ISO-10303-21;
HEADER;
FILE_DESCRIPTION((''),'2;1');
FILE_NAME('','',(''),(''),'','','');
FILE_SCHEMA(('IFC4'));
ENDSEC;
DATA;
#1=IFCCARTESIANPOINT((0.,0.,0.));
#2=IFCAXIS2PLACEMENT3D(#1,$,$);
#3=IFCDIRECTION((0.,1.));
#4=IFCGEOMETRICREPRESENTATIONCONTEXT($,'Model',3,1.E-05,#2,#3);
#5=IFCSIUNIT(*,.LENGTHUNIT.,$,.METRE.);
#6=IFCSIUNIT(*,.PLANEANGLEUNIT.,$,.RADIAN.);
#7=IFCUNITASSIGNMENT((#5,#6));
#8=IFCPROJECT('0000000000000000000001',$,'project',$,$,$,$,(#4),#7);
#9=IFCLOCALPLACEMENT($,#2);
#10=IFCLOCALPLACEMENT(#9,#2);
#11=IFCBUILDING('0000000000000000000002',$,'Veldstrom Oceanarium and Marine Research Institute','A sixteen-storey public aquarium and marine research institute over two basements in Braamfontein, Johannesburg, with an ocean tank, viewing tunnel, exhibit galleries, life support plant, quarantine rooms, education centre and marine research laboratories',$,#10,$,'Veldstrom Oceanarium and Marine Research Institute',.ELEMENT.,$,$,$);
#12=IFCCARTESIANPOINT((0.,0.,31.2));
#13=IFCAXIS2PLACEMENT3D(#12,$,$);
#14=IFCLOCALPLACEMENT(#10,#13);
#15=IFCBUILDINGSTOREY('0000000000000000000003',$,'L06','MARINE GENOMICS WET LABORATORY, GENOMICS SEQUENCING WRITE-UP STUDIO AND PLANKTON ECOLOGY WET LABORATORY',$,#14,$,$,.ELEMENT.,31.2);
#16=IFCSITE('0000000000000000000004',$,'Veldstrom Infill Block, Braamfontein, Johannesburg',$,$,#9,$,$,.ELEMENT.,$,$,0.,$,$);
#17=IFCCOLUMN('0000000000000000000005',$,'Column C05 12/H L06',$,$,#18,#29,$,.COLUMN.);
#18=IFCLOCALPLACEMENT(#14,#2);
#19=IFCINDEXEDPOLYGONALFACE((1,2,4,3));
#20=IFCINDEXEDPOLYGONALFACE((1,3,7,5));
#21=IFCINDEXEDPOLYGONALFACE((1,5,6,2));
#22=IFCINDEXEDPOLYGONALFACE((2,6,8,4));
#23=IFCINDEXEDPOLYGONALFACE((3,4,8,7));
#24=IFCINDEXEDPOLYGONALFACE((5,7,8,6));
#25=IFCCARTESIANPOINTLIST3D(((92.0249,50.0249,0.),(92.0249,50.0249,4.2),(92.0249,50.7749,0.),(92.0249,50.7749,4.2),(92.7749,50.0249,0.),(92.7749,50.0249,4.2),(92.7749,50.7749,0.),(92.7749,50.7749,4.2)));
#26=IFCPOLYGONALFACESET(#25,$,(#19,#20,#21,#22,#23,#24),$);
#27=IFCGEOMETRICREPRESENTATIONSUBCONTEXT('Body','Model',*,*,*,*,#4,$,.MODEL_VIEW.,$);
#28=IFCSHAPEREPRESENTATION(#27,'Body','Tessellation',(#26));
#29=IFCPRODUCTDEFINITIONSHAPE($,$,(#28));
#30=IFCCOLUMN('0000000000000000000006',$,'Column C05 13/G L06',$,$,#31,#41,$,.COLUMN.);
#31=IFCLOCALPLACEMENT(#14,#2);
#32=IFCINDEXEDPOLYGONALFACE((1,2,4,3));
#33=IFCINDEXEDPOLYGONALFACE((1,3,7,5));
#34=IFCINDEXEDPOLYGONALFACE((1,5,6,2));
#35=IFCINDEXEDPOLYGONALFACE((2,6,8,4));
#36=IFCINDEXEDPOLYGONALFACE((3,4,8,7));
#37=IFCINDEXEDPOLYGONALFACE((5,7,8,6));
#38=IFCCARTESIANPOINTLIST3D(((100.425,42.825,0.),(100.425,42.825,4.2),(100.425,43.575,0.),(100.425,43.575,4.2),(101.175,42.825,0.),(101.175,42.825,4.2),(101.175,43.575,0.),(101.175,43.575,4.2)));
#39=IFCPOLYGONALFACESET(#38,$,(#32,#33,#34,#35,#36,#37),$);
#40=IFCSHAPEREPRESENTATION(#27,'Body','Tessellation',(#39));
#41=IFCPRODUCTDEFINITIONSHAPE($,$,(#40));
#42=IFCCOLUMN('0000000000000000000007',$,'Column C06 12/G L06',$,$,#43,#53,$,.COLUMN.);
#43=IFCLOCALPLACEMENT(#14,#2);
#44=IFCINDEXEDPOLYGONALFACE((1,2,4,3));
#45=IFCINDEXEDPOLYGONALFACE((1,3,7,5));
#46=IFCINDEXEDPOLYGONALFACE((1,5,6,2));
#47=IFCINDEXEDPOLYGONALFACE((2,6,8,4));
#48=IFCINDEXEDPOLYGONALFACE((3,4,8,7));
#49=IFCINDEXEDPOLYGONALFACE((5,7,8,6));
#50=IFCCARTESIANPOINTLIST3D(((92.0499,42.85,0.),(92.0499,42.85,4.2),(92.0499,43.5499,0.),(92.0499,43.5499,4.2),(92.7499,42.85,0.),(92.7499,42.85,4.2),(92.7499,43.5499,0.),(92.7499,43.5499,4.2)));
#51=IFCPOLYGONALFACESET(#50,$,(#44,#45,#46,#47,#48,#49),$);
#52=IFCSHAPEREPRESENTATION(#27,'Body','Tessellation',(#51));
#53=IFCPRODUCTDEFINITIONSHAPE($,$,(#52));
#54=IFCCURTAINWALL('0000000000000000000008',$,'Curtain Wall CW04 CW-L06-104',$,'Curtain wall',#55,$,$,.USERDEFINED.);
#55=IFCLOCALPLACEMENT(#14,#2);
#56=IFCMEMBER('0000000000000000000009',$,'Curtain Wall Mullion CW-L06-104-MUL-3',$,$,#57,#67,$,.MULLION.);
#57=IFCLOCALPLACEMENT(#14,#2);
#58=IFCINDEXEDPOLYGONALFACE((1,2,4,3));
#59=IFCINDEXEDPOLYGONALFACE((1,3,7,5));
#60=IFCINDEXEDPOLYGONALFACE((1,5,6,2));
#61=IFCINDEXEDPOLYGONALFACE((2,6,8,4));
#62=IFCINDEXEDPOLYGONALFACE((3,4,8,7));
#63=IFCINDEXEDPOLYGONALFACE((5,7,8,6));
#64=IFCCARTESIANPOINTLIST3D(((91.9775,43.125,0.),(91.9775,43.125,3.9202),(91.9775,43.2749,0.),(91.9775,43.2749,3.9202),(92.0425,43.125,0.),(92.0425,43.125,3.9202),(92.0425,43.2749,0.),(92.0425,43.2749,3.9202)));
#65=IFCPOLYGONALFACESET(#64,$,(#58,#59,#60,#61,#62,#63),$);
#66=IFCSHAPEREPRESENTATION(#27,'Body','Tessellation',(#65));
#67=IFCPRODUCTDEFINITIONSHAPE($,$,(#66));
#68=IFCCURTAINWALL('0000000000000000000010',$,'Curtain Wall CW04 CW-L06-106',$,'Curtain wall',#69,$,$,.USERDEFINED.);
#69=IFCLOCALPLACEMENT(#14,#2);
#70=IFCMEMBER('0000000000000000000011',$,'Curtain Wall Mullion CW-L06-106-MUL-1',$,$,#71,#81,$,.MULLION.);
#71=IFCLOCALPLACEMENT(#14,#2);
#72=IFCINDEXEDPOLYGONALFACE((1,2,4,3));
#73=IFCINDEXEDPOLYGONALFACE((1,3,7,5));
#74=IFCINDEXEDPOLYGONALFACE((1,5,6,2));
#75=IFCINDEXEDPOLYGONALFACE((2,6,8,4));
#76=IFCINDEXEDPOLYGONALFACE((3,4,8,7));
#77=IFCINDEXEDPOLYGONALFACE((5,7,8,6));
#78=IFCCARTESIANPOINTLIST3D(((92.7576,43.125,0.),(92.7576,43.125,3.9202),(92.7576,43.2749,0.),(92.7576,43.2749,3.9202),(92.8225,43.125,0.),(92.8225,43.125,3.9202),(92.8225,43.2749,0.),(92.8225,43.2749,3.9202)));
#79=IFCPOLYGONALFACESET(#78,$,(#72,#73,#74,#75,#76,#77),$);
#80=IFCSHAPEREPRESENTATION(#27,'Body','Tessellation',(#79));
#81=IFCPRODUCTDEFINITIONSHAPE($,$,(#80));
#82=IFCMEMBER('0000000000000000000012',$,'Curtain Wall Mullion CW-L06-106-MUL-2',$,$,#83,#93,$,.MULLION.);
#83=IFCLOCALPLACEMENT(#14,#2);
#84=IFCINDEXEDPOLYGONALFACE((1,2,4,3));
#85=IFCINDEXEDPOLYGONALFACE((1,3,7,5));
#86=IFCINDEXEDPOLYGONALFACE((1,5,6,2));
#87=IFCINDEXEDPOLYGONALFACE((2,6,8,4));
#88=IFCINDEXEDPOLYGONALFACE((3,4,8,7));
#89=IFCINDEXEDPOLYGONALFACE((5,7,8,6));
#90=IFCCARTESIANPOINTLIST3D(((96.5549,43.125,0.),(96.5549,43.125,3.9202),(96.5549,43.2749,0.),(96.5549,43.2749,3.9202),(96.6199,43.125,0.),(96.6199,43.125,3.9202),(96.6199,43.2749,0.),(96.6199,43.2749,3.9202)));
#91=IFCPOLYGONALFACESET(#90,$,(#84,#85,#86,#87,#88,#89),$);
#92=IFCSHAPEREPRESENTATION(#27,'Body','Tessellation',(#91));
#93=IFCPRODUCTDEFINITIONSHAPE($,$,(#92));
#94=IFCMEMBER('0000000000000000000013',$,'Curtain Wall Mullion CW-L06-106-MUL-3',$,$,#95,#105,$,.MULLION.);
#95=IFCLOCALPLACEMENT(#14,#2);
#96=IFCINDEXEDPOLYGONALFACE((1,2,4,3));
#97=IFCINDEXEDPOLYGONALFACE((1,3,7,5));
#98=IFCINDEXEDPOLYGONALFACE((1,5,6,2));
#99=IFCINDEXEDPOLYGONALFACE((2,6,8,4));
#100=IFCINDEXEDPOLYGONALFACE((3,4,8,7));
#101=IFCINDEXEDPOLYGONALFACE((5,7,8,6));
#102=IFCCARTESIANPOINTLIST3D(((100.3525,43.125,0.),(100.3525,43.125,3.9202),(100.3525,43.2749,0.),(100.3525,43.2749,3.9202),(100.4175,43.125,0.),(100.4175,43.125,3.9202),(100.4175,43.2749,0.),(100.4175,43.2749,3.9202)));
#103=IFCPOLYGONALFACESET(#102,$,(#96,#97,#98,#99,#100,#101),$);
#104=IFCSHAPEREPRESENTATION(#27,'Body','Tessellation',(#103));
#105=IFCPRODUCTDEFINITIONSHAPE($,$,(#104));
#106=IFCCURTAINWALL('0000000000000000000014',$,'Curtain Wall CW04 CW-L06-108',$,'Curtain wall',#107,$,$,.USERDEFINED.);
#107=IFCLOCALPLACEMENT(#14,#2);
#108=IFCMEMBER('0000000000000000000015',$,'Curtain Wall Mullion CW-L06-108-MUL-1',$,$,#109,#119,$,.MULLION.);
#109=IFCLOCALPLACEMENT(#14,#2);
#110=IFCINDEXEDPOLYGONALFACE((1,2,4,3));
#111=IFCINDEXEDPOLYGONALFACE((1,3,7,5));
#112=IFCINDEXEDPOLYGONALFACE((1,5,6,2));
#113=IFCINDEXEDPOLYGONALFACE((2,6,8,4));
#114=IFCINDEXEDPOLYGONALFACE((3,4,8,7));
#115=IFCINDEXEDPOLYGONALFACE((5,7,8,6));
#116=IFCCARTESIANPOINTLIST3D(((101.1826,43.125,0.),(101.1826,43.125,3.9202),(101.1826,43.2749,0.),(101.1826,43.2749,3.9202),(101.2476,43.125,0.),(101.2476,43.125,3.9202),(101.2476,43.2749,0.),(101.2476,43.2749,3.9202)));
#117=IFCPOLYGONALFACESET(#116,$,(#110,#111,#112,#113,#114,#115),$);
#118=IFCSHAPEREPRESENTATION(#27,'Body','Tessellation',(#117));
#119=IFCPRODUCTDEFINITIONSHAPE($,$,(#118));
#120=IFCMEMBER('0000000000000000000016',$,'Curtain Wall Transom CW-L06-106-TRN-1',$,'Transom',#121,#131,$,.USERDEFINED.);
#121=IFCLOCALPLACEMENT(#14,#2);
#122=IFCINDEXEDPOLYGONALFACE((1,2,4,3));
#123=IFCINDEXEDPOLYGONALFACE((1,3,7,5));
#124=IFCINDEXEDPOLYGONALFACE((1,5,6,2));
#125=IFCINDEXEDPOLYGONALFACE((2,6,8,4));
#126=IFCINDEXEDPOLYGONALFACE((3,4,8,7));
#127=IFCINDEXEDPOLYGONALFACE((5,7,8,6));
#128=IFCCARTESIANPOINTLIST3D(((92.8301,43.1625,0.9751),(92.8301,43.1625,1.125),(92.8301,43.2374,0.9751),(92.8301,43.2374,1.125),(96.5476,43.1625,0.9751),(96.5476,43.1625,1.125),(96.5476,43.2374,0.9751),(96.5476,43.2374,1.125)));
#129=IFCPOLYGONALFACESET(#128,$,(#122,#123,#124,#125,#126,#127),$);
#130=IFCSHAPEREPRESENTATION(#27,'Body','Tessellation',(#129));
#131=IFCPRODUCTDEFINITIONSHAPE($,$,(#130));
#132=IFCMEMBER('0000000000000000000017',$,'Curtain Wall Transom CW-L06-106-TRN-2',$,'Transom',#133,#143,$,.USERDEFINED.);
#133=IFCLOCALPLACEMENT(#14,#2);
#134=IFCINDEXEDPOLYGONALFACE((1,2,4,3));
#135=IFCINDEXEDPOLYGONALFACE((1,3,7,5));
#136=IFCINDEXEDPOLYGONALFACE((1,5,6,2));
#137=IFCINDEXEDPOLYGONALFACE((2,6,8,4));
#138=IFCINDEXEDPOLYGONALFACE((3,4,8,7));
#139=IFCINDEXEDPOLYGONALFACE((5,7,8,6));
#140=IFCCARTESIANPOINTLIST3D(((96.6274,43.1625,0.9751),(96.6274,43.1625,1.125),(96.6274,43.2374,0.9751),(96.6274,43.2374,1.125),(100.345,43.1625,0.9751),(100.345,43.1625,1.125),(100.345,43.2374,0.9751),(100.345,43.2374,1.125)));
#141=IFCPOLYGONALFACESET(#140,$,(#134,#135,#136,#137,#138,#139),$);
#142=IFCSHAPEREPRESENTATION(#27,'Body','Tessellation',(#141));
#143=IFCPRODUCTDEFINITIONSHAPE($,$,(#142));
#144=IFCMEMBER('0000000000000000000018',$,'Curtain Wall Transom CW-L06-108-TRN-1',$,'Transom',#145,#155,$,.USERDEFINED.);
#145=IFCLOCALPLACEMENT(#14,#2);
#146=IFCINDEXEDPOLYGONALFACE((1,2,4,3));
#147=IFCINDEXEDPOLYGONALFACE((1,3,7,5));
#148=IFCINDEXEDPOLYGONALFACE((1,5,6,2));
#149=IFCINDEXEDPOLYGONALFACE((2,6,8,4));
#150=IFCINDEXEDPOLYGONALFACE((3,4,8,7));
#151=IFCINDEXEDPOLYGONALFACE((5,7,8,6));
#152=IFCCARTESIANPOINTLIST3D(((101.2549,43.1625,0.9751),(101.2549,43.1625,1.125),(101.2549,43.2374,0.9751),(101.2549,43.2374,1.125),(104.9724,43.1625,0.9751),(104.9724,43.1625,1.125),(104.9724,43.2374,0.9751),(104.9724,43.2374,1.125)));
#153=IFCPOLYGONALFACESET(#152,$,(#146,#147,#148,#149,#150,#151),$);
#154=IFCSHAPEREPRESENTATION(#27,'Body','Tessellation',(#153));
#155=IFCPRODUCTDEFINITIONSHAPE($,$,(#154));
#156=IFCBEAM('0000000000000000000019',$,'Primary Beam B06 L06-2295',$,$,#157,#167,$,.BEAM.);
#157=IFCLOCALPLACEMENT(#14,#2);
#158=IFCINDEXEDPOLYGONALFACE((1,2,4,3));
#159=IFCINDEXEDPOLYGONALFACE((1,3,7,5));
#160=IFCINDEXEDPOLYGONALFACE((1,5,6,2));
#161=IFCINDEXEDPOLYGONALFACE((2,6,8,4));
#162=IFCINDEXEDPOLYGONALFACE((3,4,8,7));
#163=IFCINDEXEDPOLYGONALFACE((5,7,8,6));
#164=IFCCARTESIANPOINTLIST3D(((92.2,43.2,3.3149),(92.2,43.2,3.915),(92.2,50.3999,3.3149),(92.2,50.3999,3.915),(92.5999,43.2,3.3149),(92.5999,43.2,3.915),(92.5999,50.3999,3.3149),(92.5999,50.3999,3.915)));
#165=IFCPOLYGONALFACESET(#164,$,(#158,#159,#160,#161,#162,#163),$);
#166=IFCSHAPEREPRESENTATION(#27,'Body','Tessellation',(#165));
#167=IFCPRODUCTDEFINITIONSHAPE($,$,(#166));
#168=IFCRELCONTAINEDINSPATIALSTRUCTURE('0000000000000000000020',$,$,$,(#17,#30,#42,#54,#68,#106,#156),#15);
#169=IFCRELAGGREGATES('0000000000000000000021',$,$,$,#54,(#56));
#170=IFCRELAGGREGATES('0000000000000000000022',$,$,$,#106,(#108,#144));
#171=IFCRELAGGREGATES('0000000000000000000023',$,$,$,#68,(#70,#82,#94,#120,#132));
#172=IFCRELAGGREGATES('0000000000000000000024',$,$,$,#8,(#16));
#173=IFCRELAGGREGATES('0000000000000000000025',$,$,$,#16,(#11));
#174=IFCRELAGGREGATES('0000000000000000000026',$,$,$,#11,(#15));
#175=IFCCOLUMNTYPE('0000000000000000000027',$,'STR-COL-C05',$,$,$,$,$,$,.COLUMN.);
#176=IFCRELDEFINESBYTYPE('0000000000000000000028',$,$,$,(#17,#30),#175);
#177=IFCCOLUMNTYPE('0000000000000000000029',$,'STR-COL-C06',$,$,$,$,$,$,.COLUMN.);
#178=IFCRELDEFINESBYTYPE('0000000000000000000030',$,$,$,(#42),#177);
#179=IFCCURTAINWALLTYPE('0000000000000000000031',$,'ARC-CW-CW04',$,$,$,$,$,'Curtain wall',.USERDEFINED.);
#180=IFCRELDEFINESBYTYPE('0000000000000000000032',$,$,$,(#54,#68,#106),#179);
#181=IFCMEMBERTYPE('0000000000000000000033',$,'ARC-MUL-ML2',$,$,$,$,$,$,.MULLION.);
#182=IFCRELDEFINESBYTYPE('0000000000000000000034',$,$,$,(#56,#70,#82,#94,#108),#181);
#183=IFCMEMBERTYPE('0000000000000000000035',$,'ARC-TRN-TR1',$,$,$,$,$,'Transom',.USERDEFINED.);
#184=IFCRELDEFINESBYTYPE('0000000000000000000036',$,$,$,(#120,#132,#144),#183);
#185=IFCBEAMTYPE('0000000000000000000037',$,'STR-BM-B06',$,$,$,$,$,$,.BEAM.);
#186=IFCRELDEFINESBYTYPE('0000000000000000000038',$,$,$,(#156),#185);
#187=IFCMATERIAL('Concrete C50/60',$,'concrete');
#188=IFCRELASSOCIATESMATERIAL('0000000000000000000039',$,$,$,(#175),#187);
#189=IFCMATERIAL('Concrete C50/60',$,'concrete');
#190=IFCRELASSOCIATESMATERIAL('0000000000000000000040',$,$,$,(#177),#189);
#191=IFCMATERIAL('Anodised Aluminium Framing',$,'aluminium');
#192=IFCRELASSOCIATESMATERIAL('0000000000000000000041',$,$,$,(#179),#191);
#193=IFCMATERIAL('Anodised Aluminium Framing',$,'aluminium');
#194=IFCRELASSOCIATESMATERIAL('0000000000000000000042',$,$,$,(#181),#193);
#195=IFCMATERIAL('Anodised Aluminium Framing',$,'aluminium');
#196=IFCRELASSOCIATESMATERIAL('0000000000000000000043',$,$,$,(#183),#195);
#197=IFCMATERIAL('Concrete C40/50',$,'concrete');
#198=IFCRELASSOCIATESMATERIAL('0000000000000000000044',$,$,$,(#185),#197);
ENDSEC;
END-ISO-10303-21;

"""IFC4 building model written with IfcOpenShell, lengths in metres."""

from ifc_helpers import new_model, si_unit, direction, frame, origin, origin_2d, place, context, subcontext, project, spatial, rectangle, extrude, material, material_profile, profile_set, type_object, element, aggregate, save


model = new_model("IFC4")

# Units and contexts
model_context = context("Model", 3, precision=1e-05, world=origin(), true_north=direction((0.0, 1.0)))
body_context = subcontext(model_context, "Body", "Model", "MODEL_VIEW")
ifc_project = project(units=[si_unit("LENGTHUNIT", "METRE"), si_unit("PLANEANGLEUNIT", "RADIAN")], contexts=[model_context])

# Site, building, storey
site_placement = place(None, origin())
site = spatial("IfcSite", under=ifc_project, at=site_placement, Name="Veldstrom Infill Block, Braamfontein, Johannesburg", CompositionType="ELEMENT", RefElevation=0.0)
building_placement = place(site_placement, origin())
building = spatial("IfcBuilding", under=site, at=building_placement, Name="Veldstrom Oceanarium and Marine Research Institute", Description="A sixteen-storey public aquarium and marine research institute over two basements in Braamfontein, Johannesburg, with an ocean tank, viewing tunnel, exhibit galleries, life support plant, quarantine rooms, education centre and marine research laboratories", LongName="Veldstrom Oceanarium and Marine Research Institute", CompositionType="ELEMENT")
storey_placement = place(building_placement, frame((0.0, 0.0, 31.2)))
storey = spatial("IfcBuildingStorey", under=building, at=storey_placement, Name="L06", Description="MARINE GENOMICS WET LABORATORY, GENOMICS SEQUENCING WRITE-UP STUDIO AND PLANKTON ECOLOGY WET LABORATORY", CompositionType="ELEMENT", Elevation=31.2)

# Columns
ifc_material_1 = material(Name="Concrete C50/60", Category="concrete")
ifc_material_profile_1 = material_profile(ifc_material_1, rectangle(XDim=0.75, YDim=0.75, at=origin_2d()), Name="RC-COL-750x750")
ifc_profile_set_1 = profile_set([ifc_material_profile_1], Name="Concrete C50/60")
column_type_1 = type_object("IfcColumnType", Name="STR-COL-C05", PredefinedType="COLUMN", material=ifc_profile_set_1)
for number, where, z_axis, x_axis, name in (
    (1, (92.3999, 50.3999, 0.0), (0.0, 0.0, 1.0), (1.0, 0.0, 0.0), "Column C05 12/H L06"),
    (2, (100.8, 43.2, 0.0), (0.0, 0.0, 1.0), (1.0, 0.0, 0.0), "Column C05 13/G L06"),
):
    element("IfcColumn", number, at=place(storey_placement, frame(where, z_axis=z_axis, x_axis=x_axis)), inside=storey, type_object=column_type_1, Name=name, PredefinedType="COLUMN", context=body_context, shape_type="SweptSolid", body=[
        extrude(rectangle(XDim=0.75, YDim=0.75, at=origin_2d()), origin(), (0.0, 0.0, 1.0), 4.2),
    ])
ifc_material_2 = material(Name="Concrete C50/60", Category="concrete")
ifc_material_profile_2 = material_profile(ifc_material_2, rectangle(XDim=0.7, YDim=0.7, at=origin_2d()), Name="RC-COL-700x700")
ifc_profile_set_2 = profile_set([ifc_material_profile_2], Name="Concrete C50/60")
column_type_2 = type_object("IfcColumnType", Name="STR-COL-C06", PredefinedType="COLUMN", material=ifc_profile_set_2)
column_placement = place(storey_placement, frame((92.3999, 43.2, 0.0), z_axis=(0.0, 0.0, 1.0), x_axis=(1.0, 0.0, 0.0)))
element("IfcColumn", 3, at=column_placement, inside=storey, type_object=column_type_2, Name="Column C06 12/G L06", PredefinedType="COLUMN", context=body_context, shape_type="SweptSolid", body=[
    extrude(rectangle(XDim=0.7, YDim=0.7, at=origin_2d()), origin(), (0.0, 0.0, 1.0), 4.2),
])

# Curtain wall, member
ifc_material_3 = material(Name="Anodised Aluminium Framing", Category="aluminium")
curtain_wall_type = type_object("IfcCurtainWallType", Name="ARC-CW-CW04", ElementType="Curtain wall", PredefinedType="USERDEFINED", material=ifc_material_3)
curtain_wall_1_placement = place(storey_placement, origin())
curtain_wall_1 = element("IfcCurtainWall", 4, at=curtain_wall_1_placement, inside=storey, type_object=curtain_wall_type, Name="Curtain Wall CW04 CW-L06-104", ObjectType="Curtain wall", PredefinedType="USERDEFINED")
ifc_material_4 = material(Name="Anodised Aluminium Framing", Category="aluminium")
ifc_material_profile_3 = material_profile(ifc_material_4, rectangle(XDim=0.0649, YDim=0.1499, at=origin_2d()), Name="ALU-MUL-65x150")
ifc_profile_set_3 = profile_set([ifc_material_profile_3], Name="Anodised Aluminium Framing")
member_type_1 = type_object("IfcMemberType", Name="ARC-MUL-ML2", PredefinedType="MULLION", material=ifc_profile_set_3)
member_1_placement = place(storey_placement, frame((92.01, 43.2, 0.0), z_axis=(0.0, 0.0, 1.0), x_axis=(1.0, 0.0, 0.0)))
member_1 = element("IfcMember", 5, at=member_1_placement, type_object=member_type_1, Name="Curtain Wall Mullion CW-L06-104-MUL-3", PredefinedType="MULLION", context=body_context, shape_type="SweptSolid", body=[
    extrude(rectangle(XDim=0.0649, YDim=0.1499, at=origin_2d()), origin(), (0.0, 0.0, 1.0), 3.9202),
])
aggregate(curtain_wall_1, [member_1])

# Curtain wall, members
curtain_wall_2_placement = place(storey_placement, origin())
curtain_wall_2 = element("IfcCurtainWall", 6, at=curtain_wall_2_placement, inside=storey, type_object=curtain_wall_type, Name="Curtain Wall CW04 CW-L06-106", ObjectType="Curtain wall", PredefinedType="USERDEFINED")
member_2_placement = place(storey_placement, frame((92.79, 43.2, 0.0), z_axis=(0.0, 0.0, 1.0), x_axis=(1.0, 0.0, 0.0)))
member_2 = element("IfcMember", 7, at=member_2_placement, type_object=member_type_1, Name="Curtain Wall Mullion CW-L06-106-MUL-1", PredefinedType="MULLION", context=body_context, shape_type="SweptSolid", body=[
    extrude(rectangle(XDim=0.0649, YDim=0.1499, at=origin_2d()), origin(), (0.0, 0.0, 1.0), 3.9202),
])
member_3_placement = place(storey_placement, frame((96.5874, 43.2, 0.0), z_axis=(0.0, 0.0, 1.0), x_axis=(1.0, 0.0, 0.0)))
member_3 = element("IfcMember", 8, at=member_3_placement, type_object=member_type_1, Name="Curtain Wall Mullion CW-L06-106-MUL-2", PredefinedType="MULLION", context=body_context, shape_type="SweptSolid", body=[
    extrude(rectangle(XDim=0.0649, YDim=0.1499, at=origin_2d()), origin(), (0.0, 0.0, 1.0), 3.9202),
])
member_4_placement = place(storey_placement, frame((100.385, 43.2, 0.0), z_axis=(0.0, 0.0, 1.0), x_axis=(1.0, 0.0, 0.0)))
member_4 = element("IfcMember", 9, at=member_4_placement, type_object=member_type_1, Name="Curtain Wall Mullion CW-L06-106-MUL-3", PredefinedType="MULLION", context=body_context, shape_type="SweptSolid", body=[
    extrude(rectangle(XDim=0.0649, YDim=0.1499, at=origin_2d()), origin(), (0.0, 0.0, 1.0), 3.9202),
])

# Curtain wall, member
curtain_wall_3_placement = place(storey_placement, origin())
curtain_wall_3 = element("IfcCurtainWall", 10, at=curtain_wall_3_placement, inside=storey, type_object=curtain_wall_type, Name="Curtain Wall CW04 CW-L06-108", ObjectType="Curtain wall", PredefinedType="USERDEFINED")
member_5_placement = place(storey_placement, frame((101.2151, 43.2, 0.0), z_axis=(0.0, 0.0, 1.0), x_axis=(1.0, 0.0, 0.0)))
member_5 = element("IfcMember", 11, at=member_5_placement, type_object=member_type_1, Name="Curtain Wall Mullion CW-L06-108-MUL-1", PredefinedType="MULLION", context=body_context, shape_type="SweptSolid", body=[
    extrude(rectangle(XDim=0.0649, YDim=0.1499, at=origin_2d()), origin(), (0.0, 0.0, 1.0), 3.9202),
])

# Members
ifc_material_5 = material(Name="Anodised Aluminium Framing", Category="aluminium")
ifc_material_profile_4 = material_profile(ifc_material_5, rectangle(XDim=0.075, YDim=0.1499, at=origin_2d()), Name="ALU-TRN-75x150")
ifc_profile_set_4 = profile_set([ifc_material_profile_4], Name="Anodised Aluminium Framing")
member_type_2 = type_object("IfcMemberType", Name="ARC-TRN-TR1", ElementType="Transom", PredefinedType="USERDEFINED", material=ifc_profile_set_4)
member_6_placement = place(storey_placement, frame((92.8301, 43.2, 1.05), z_axis=(1.0, 0.0, 0.0), x_axis=(0.0, 1.0, 0.0)))
member_6 = element("IfcMember", 12, at=member_6_placement, type_object=member_type_2, Name="Curtain Wall Transom CW-L06-106-TRN-1", ObjectType="Transom", PredefinedType="USERDEFINED", context=body_context, shape_type="SweptSolid", body=[
    extrude(rectangle(XDim=0.075, YDim=0.1499, at=origin_2d()), origin(), (0.0, 0.0, 1.0), 3.7175),
])
member_7_placement = place(storey_placement, frame((96.6274, 43.2, 1.05), z_axis=(1.0, 0.0, 0.0), x_axis=(0.0, 1.0, 0.0)))
member_7 = element("IfcMember", 13, at=member_7_placement, type_object=member_type_2, Name="Curtain Wall Transom CW-L06-106-TRN-2", ObjectType="Transom", PredefinedType="USERDEFINED", context=body_context, shape_type="SweptSolid", body=[
    extrude(rectangle(XDim=0.075, YDim=0.1499, at=origin_2d()), origin(), (0.0, 0.0, 1.0), 3.7175),
])
member_8_placement = place(storey_placement, frame((101.2549, 43.2, 1.05), z_axis=(1.0, 0.0, 0.0), x_axis=(0.0, 1.0, 0.0)))
member_8 = element("IfcMember", 14, at=member_8_placement, type_object=member_type_2, Name="Curtain Wall Transom CW-L06-108-TRN-1", ObjectType="Transom", PredefinedType="USERDEFINED", context=body_context, shape_type="SweptSolid", body=[
    extrude(rectangle(XDim=0.075, YDim=0.1499, at=origin_2d()), origin(), (0.0, 0.0, 1.0), 3.7175),
])
aggregate(curtain_wall_3, [member_5, member_8])

# Beam
ifc_material_6 = material(Name="Concrete C40/50", Category="concrete")
ifc_material_profile_5 = material_profile(ifc_material_6, rectangle(XDim=0.3999, YDim=0.6001, at=origin_2d()), Name="RC-BM-400x600")
ifc_profile_set_5 = profile_set([ifc_material_profile_5], Name="Concrete C40/50")
beam_type_1 = type_object("IfcBeamType", Name="STR-BM-B06", PredefinedType="BEAM", material=ifc_profile_set_5)
beam_1_placement = place(storey_placement, frame((92.3999, 43.2, 3.615), z_axis=(0.0, 1.0, 0.0), x_axis=(-1.0, 0.0, 0.0)))
element("IfcBeam", 15, at=beam_1_placement, inside=storey, type_object=beam_type_1, Name="Primary Beam B06 L06-2295", PredefinedType="BEAM", context=body_context, shape_type="SweptSolid", body=[
    extrude(rectangle(XDim=0.3999, YDim=0.6001, at=origin_2d()), origin(), (0.0, 0.0, 1.0), 7.2),
])

aggregate(curtain_wall_2, [member_2, member_3, member_4, member_6, member_7])

save(model, "model.ifc")
